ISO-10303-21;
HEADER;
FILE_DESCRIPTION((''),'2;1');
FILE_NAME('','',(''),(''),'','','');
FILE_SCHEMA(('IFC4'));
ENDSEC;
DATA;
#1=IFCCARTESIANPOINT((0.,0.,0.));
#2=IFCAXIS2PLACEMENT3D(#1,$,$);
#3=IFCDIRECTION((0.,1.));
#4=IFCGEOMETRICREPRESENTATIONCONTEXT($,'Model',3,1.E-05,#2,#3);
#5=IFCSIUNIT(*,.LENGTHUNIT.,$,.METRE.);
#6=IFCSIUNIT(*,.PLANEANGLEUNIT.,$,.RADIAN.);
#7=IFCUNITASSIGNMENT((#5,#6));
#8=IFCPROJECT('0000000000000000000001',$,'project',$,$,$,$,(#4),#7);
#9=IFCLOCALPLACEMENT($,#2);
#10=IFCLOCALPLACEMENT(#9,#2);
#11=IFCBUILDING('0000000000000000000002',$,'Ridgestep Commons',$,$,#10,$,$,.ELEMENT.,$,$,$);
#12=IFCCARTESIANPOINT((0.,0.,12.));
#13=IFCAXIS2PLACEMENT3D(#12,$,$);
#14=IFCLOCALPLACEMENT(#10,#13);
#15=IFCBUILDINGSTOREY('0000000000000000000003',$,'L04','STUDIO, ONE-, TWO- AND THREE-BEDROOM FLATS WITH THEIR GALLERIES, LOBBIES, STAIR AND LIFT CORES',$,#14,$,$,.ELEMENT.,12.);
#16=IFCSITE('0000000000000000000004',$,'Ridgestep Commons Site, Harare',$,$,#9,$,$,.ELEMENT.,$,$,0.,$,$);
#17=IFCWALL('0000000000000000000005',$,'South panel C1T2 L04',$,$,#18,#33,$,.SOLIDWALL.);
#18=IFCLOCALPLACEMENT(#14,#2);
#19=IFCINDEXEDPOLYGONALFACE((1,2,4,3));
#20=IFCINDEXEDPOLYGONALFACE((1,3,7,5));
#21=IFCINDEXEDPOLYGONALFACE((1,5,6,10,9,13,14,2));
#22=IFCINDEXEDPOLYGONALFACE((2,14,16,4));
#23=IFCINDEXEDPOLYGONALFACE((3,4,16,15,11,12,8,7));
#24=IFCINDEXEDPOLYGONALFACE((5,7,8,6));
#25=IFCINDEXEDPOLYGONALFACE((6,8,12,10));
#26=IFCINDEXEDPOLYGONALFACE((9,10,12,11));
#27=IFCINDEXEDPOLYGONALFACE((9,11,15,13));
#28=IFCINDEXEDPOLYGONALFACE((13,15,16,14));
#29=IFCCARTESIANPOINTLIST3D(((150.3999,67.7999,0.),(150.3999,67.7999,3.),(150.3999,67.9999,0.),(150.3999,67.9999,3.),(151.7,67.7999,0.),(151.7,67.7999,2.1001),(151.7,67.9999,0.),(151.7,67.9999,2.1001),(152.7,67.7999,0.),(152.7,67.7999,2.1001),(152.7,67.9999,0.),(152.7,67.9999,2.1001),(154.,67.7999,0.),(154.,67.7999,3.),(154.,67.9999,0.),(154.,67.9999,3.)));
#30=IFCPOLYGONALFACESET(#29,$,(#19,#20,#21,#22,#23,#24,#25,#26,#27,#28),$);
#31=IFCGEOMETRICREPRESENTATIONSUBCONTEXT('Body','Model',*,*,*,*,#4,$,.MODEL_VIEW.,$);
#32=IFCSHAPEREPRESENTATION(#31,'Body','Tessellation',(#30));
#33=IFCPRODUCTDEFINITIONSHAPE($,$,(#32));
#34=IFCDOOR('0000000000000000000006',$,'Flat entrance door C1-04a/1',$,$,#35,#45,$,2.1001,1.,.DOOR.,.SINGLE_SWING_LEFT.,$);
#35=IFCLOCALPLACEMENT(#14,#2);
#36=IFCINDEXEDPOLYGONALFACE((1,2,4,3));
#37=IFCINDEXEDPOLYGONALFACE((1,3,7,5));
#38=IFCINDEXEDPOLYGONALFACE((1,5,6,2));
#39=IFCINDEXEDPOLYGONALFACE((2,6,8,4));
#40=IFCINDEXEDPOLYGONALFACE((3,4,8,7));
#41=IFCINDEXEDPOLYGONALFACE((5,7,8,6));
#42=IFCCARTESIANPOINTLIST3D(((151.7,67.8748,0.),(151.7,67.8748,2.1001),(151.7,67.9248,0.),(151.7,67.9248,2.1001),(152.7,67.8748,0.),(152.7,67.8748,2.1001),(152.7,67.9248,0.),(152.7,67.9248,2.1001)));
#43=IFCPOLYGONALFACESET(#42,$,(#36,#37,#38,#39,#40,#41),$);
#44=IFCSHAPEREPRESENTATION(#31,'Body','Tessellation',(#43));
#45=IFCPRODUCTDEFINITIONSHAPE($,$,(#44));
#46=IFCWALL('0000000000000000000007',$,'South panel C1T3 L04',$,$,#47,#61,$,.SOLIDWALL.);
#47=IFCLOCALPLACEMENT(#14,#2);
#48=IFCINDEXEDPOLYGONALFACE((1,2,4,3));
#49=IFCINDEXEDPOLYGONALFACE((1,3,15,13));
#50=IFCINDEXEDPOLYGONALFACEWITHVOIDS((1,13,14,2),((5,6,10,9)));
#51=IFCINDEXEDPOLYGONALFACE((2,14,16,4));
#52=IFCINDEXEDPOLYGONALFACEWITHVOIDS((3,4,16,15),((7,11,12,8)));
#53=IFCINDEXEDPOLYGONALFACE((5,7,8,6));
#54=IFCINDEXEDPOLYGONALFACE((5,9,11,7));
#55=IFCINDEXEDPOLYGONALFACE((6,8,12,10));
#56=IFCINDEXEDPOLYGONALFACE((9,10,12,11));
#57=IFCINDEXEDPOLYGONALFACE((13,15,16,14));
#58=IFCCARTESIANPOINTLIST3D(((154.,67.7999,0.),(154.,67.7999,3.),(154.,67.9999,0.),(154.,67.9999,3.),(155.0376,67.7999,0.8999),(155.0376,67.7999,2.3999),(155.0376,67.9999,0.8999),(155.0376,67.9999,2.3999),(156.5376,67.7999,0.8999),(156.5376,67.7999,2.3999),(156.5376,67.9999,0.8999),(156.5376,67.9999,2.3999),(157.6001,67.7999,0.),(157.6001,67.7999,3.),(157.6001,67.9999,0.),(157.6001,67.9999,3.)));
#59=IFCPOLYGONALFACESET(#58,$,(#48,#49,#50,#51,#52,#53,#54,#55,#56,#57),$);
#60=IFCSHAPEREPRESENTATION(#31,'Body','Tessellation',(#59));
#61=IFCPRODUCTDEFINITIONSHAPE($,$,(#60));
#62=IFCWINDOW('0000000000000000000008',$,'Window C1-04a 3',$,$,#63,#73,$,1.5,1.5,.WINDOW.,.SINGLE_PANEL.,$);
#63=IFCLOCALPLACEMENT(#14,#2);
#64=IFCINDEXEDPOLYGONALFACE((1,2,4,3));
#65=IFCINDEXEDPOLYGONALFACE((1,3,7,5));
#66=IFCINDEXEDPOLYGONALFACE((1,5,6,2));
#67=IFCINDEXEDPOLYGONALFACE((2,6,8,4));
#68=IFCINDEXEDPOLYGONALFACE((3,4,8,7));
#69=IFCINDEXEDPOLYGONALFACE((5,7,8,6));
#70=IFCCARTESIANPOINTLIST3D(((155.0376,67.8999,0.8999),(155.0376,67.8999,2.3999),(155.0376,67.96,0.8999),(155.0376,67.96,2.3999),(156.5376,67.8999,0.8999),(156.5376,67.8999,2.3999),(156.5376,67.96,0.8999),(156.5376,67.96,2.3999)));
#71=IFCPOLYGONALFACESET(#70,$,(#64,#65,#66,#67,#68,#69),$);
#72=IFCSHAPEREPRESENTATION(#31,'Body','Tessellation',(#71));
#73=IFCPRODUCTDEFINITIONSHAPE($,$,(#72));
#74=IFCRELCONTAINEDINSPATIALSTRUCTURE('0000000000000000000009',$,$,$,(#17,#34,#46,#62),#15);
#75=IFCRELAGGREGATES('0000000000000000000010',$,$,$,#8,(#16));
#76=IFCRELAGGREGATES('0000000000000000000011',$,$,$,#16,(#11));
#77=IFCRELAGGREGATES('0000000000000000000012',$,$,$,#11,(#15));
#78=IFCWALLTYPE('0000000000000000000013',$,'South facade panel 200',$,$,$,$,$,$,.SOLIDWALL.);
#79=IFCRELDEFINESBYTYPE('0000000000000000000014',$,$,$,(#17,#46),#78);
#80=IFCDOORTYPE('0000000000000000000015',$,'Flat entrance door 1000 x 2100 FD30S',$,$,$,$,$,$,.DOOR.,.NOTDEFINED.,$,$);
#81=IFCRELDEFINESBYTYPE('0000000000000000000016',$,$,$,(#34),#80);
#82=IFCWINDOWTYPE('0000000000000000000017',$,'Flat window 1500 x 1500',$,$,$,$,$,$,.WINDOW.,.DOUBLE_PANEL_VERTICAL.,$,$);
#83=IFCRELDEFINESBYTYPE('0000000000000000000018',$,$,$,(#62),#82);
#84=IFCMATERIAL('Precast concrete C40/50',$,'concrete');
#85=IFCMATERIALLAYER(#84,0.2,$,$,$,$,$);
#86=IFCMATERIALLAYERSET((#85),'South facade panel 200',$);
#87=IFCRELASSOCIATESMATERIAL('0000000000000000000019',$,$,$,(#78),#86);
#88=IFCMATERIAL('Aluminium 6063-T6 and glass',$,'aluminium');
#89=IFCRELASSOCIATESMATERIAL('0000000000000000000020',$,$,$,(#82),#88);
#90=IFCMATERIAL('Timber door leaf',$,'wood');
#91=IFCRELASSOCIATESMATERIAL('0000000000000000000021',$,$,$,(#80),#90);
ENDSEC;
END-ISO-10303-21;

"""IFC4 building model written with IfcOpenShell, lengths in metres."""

from ifc_helpers import new_model, si_unit, direction, frame, frame_2d, origin, place, context, subcontext, project, spatial, rectangle, extrude, material, layer, layer_set, type_object, element, fill, save


model = new_model("IFC4")

# Units and contexts
model_context = context("Model", 3, precision=1e-05, world=origin(), true_north=direction((0.0, 1.0)))
body_context = subcontext(model_context, "Body", "Model", "MODEL_VIEW")
ifc_project = project(units=[si_unit("LENGTHUNIT", "METRE"), si_unit("PLANEANGLEUNIT", "RADIAN")], contexts=[model_context])

# Site, building, storey
site_placement = place(None, origin())
site = spatial("IfcSite", under=ifc_project, at=site_placement, Name="Ridgestep Commons Site, Harare", CompositionType="ELEMENT", RefElevation=0.0)
building_placement = place(site_placement, origin())
building = spatial("IfcBuilding", under=site, at=building_placement, Name="Ridgestep Commons", CompositionType="ELEMENT")
storey_placement = place(building_placement, frame((0.0, 0.0, 12.0)))
storey = spatial("IfcBuildingStorey", under=building, at=storey_placement, Name="L04", Description="STUDIO, ONE-, TWO- AND THREE-BEDROOM FLATS WITH THEIR GALLERIES, LOBBIES, STAIR AND LIFT CORES", CompositionType="ELEMENT", Elevation=12.0)

# Shared definitions
ifc_material_1 = material(Name="Precast concrete C40/50", Category="concrete")
ifc_layer_1 = layer(ifc_material_1, 0.2)
ifc_layer_set_1 = layer_set([ifc_layer_1], Name="South facade panel 200")
wall_type_1 = type_object("IfcWallType", Name="South facade panel 200", PredefinedType="SOLIDWALL", material=ifc_layer_set_1)
ifc_material_2 = material(Name="Aluminium 6063-T6 and glass", Category="aluminium")
window_type = type_object("IfcWindowType", Name="Flat window 1500 x 1500", PartitioningType="DOUBLE_PANEL_VERTICAL", PredefinedType="WINDOW", material=ifc_material_2)

# Wall, opening, door
wall_1_placement = place(storey_placement, frame((150.3999, 67.8999, 0.0), z_axis=(0.0, 0.0, 1.0), x_axis=(1.0, 0.0, 0.0)))
wall_1 = element("IfcWall", 1, at=wall_1_placement, inside=storey, type_object=wall_type_1, Name="South panel C1T2 L04", PredefinedType="SOLIDWALL", context=body_context, shape_type="SweptSolid", body=[
    extrude(rectangle(XDim=3.6001, YDim=0.2, at=frame_2d((1.8, 0.0))), origin(), (0.0, 0.0, 1.0), 3.0),
])
opening_1_placement = place(wall_1_placement, frame((1.3, 0.0, 0.0)))
opening_1 = element("IfcOpeningElement", 2, at=opening_1_placement, cuts=wall_1, PredefinedType="OPENING", context=body_context, shape_type="SweptSolid", body=[
    extrude(rectangle(XDim=1.0, YDim=2.1001, at=frame_2d((0.5, 1.05))), frame((0.0, 0.1099, 0.0), z_axis=(0.0, -1.0, 0.0), x_axis=(1.0, 0.0, 0.0)), (0.0, 0.0, 1.0), 0.22),
])
ifc_material_3 = material(Name="Timber door leaf", Category="wood")
door_type_1 = type_object("IfcDoorType", Name="Flat entrance door 1000 x 2100 FD30S", OperationType="NOTDEFINED", PredefinedType="DOOR", material=ifc_material_3)
door_1_placement = place(opening_1_placement, origin())
door_1 = element("IfcDoor", 3, at=door_1_placement, inside=storey, type_object=door_type_1, Name="Flat entrance door C1-04a/1", OperationType="SINGLE_SWING_LEFT", OverallHeight=2.1001, OverallWidth=1.0, PredefinedType="DOOR", context=body_context, shape_type="SweptSolid", body=[
    extrude(rectangle(XDim=1.0, YDim=2.1001, at=frame_2d((0.5, 1.05))), frame((0.0, 0.0249, 0.0), z_axis=(0.0, -1.0, 0.0), x_axis=(1.0, 0.0, 0.0)), (0.0, 0.0, 1.0), 0.05),
])
fill(opening_1, door_1)

# Wall, opening, window
wall_2_placement = place(storey_placement, frame((154.0, 67.8999, 0.0), z_axis=(0.0, 0.0, 1.0), x_axis=(1.0, 0.0, 0.0)))
wall_2 = element("IfcWall", 4, at=wall_2_placement, inside=storey, type_object=wall_type_1, Name="South panel C1T3 L04", PredefinedType="SOLIDWALL", context=body_context, shape_type="SweptSolid", body=[
    extrude(rectangle(XDim=3.6001, YDim=0.2, at=frame_2d((1.8, 0.0))), origin(), (0.0, 0.0, 1.0), 3.0),
])
opening_2_placement = place(wall_2_placement, frame((1.0376, 0.0, 0.8999)))
opening_2 = element("IfcOpeningElement", 5, at=opening_2_placement, cuts=wall_2, PredefinedType="OPENING", context=body_context, shape_type="SweptSolid", body=[
    extrude(rectangle(XDim=1.5, YDim=1.5, at=frame_2d((0.75, 0.75))), frame((0.0, 0.1099, 0.0), z_axis=(0.0, -1.0, 0.0), x_axis=(1.0, 0.0, 0.0)), (0.0, 0.0, 1.0), 0.22),
])
window_1_placement = place(opening_2_placement, origin())
window_1 = element("IfcWindow", 6, at=window_1_placement, inside=storey, type_object=window_type, Name="Window C1-04a 3", OverallHeight=1.5, OverallWidth=1.5, PartitioningType="SINGLE_PANEL", PredefinedType="WINDOW", context=body_context, shape_type="SweptSolid", body=[
    extrude(rectangle(XDim=1.5, YDim=1.5, at=frame_2d((0.75, 0.75))), frame((0.0, 0.0601, 0.0), z_axis=(0.0, -1.0, 0.0), x_axis=(1.0, 0.0, 0.0)), (0.0, 0.0, 1.0), 0.0601),
])
fill(opening_2, window_1)

save(model, "model.ifc")
